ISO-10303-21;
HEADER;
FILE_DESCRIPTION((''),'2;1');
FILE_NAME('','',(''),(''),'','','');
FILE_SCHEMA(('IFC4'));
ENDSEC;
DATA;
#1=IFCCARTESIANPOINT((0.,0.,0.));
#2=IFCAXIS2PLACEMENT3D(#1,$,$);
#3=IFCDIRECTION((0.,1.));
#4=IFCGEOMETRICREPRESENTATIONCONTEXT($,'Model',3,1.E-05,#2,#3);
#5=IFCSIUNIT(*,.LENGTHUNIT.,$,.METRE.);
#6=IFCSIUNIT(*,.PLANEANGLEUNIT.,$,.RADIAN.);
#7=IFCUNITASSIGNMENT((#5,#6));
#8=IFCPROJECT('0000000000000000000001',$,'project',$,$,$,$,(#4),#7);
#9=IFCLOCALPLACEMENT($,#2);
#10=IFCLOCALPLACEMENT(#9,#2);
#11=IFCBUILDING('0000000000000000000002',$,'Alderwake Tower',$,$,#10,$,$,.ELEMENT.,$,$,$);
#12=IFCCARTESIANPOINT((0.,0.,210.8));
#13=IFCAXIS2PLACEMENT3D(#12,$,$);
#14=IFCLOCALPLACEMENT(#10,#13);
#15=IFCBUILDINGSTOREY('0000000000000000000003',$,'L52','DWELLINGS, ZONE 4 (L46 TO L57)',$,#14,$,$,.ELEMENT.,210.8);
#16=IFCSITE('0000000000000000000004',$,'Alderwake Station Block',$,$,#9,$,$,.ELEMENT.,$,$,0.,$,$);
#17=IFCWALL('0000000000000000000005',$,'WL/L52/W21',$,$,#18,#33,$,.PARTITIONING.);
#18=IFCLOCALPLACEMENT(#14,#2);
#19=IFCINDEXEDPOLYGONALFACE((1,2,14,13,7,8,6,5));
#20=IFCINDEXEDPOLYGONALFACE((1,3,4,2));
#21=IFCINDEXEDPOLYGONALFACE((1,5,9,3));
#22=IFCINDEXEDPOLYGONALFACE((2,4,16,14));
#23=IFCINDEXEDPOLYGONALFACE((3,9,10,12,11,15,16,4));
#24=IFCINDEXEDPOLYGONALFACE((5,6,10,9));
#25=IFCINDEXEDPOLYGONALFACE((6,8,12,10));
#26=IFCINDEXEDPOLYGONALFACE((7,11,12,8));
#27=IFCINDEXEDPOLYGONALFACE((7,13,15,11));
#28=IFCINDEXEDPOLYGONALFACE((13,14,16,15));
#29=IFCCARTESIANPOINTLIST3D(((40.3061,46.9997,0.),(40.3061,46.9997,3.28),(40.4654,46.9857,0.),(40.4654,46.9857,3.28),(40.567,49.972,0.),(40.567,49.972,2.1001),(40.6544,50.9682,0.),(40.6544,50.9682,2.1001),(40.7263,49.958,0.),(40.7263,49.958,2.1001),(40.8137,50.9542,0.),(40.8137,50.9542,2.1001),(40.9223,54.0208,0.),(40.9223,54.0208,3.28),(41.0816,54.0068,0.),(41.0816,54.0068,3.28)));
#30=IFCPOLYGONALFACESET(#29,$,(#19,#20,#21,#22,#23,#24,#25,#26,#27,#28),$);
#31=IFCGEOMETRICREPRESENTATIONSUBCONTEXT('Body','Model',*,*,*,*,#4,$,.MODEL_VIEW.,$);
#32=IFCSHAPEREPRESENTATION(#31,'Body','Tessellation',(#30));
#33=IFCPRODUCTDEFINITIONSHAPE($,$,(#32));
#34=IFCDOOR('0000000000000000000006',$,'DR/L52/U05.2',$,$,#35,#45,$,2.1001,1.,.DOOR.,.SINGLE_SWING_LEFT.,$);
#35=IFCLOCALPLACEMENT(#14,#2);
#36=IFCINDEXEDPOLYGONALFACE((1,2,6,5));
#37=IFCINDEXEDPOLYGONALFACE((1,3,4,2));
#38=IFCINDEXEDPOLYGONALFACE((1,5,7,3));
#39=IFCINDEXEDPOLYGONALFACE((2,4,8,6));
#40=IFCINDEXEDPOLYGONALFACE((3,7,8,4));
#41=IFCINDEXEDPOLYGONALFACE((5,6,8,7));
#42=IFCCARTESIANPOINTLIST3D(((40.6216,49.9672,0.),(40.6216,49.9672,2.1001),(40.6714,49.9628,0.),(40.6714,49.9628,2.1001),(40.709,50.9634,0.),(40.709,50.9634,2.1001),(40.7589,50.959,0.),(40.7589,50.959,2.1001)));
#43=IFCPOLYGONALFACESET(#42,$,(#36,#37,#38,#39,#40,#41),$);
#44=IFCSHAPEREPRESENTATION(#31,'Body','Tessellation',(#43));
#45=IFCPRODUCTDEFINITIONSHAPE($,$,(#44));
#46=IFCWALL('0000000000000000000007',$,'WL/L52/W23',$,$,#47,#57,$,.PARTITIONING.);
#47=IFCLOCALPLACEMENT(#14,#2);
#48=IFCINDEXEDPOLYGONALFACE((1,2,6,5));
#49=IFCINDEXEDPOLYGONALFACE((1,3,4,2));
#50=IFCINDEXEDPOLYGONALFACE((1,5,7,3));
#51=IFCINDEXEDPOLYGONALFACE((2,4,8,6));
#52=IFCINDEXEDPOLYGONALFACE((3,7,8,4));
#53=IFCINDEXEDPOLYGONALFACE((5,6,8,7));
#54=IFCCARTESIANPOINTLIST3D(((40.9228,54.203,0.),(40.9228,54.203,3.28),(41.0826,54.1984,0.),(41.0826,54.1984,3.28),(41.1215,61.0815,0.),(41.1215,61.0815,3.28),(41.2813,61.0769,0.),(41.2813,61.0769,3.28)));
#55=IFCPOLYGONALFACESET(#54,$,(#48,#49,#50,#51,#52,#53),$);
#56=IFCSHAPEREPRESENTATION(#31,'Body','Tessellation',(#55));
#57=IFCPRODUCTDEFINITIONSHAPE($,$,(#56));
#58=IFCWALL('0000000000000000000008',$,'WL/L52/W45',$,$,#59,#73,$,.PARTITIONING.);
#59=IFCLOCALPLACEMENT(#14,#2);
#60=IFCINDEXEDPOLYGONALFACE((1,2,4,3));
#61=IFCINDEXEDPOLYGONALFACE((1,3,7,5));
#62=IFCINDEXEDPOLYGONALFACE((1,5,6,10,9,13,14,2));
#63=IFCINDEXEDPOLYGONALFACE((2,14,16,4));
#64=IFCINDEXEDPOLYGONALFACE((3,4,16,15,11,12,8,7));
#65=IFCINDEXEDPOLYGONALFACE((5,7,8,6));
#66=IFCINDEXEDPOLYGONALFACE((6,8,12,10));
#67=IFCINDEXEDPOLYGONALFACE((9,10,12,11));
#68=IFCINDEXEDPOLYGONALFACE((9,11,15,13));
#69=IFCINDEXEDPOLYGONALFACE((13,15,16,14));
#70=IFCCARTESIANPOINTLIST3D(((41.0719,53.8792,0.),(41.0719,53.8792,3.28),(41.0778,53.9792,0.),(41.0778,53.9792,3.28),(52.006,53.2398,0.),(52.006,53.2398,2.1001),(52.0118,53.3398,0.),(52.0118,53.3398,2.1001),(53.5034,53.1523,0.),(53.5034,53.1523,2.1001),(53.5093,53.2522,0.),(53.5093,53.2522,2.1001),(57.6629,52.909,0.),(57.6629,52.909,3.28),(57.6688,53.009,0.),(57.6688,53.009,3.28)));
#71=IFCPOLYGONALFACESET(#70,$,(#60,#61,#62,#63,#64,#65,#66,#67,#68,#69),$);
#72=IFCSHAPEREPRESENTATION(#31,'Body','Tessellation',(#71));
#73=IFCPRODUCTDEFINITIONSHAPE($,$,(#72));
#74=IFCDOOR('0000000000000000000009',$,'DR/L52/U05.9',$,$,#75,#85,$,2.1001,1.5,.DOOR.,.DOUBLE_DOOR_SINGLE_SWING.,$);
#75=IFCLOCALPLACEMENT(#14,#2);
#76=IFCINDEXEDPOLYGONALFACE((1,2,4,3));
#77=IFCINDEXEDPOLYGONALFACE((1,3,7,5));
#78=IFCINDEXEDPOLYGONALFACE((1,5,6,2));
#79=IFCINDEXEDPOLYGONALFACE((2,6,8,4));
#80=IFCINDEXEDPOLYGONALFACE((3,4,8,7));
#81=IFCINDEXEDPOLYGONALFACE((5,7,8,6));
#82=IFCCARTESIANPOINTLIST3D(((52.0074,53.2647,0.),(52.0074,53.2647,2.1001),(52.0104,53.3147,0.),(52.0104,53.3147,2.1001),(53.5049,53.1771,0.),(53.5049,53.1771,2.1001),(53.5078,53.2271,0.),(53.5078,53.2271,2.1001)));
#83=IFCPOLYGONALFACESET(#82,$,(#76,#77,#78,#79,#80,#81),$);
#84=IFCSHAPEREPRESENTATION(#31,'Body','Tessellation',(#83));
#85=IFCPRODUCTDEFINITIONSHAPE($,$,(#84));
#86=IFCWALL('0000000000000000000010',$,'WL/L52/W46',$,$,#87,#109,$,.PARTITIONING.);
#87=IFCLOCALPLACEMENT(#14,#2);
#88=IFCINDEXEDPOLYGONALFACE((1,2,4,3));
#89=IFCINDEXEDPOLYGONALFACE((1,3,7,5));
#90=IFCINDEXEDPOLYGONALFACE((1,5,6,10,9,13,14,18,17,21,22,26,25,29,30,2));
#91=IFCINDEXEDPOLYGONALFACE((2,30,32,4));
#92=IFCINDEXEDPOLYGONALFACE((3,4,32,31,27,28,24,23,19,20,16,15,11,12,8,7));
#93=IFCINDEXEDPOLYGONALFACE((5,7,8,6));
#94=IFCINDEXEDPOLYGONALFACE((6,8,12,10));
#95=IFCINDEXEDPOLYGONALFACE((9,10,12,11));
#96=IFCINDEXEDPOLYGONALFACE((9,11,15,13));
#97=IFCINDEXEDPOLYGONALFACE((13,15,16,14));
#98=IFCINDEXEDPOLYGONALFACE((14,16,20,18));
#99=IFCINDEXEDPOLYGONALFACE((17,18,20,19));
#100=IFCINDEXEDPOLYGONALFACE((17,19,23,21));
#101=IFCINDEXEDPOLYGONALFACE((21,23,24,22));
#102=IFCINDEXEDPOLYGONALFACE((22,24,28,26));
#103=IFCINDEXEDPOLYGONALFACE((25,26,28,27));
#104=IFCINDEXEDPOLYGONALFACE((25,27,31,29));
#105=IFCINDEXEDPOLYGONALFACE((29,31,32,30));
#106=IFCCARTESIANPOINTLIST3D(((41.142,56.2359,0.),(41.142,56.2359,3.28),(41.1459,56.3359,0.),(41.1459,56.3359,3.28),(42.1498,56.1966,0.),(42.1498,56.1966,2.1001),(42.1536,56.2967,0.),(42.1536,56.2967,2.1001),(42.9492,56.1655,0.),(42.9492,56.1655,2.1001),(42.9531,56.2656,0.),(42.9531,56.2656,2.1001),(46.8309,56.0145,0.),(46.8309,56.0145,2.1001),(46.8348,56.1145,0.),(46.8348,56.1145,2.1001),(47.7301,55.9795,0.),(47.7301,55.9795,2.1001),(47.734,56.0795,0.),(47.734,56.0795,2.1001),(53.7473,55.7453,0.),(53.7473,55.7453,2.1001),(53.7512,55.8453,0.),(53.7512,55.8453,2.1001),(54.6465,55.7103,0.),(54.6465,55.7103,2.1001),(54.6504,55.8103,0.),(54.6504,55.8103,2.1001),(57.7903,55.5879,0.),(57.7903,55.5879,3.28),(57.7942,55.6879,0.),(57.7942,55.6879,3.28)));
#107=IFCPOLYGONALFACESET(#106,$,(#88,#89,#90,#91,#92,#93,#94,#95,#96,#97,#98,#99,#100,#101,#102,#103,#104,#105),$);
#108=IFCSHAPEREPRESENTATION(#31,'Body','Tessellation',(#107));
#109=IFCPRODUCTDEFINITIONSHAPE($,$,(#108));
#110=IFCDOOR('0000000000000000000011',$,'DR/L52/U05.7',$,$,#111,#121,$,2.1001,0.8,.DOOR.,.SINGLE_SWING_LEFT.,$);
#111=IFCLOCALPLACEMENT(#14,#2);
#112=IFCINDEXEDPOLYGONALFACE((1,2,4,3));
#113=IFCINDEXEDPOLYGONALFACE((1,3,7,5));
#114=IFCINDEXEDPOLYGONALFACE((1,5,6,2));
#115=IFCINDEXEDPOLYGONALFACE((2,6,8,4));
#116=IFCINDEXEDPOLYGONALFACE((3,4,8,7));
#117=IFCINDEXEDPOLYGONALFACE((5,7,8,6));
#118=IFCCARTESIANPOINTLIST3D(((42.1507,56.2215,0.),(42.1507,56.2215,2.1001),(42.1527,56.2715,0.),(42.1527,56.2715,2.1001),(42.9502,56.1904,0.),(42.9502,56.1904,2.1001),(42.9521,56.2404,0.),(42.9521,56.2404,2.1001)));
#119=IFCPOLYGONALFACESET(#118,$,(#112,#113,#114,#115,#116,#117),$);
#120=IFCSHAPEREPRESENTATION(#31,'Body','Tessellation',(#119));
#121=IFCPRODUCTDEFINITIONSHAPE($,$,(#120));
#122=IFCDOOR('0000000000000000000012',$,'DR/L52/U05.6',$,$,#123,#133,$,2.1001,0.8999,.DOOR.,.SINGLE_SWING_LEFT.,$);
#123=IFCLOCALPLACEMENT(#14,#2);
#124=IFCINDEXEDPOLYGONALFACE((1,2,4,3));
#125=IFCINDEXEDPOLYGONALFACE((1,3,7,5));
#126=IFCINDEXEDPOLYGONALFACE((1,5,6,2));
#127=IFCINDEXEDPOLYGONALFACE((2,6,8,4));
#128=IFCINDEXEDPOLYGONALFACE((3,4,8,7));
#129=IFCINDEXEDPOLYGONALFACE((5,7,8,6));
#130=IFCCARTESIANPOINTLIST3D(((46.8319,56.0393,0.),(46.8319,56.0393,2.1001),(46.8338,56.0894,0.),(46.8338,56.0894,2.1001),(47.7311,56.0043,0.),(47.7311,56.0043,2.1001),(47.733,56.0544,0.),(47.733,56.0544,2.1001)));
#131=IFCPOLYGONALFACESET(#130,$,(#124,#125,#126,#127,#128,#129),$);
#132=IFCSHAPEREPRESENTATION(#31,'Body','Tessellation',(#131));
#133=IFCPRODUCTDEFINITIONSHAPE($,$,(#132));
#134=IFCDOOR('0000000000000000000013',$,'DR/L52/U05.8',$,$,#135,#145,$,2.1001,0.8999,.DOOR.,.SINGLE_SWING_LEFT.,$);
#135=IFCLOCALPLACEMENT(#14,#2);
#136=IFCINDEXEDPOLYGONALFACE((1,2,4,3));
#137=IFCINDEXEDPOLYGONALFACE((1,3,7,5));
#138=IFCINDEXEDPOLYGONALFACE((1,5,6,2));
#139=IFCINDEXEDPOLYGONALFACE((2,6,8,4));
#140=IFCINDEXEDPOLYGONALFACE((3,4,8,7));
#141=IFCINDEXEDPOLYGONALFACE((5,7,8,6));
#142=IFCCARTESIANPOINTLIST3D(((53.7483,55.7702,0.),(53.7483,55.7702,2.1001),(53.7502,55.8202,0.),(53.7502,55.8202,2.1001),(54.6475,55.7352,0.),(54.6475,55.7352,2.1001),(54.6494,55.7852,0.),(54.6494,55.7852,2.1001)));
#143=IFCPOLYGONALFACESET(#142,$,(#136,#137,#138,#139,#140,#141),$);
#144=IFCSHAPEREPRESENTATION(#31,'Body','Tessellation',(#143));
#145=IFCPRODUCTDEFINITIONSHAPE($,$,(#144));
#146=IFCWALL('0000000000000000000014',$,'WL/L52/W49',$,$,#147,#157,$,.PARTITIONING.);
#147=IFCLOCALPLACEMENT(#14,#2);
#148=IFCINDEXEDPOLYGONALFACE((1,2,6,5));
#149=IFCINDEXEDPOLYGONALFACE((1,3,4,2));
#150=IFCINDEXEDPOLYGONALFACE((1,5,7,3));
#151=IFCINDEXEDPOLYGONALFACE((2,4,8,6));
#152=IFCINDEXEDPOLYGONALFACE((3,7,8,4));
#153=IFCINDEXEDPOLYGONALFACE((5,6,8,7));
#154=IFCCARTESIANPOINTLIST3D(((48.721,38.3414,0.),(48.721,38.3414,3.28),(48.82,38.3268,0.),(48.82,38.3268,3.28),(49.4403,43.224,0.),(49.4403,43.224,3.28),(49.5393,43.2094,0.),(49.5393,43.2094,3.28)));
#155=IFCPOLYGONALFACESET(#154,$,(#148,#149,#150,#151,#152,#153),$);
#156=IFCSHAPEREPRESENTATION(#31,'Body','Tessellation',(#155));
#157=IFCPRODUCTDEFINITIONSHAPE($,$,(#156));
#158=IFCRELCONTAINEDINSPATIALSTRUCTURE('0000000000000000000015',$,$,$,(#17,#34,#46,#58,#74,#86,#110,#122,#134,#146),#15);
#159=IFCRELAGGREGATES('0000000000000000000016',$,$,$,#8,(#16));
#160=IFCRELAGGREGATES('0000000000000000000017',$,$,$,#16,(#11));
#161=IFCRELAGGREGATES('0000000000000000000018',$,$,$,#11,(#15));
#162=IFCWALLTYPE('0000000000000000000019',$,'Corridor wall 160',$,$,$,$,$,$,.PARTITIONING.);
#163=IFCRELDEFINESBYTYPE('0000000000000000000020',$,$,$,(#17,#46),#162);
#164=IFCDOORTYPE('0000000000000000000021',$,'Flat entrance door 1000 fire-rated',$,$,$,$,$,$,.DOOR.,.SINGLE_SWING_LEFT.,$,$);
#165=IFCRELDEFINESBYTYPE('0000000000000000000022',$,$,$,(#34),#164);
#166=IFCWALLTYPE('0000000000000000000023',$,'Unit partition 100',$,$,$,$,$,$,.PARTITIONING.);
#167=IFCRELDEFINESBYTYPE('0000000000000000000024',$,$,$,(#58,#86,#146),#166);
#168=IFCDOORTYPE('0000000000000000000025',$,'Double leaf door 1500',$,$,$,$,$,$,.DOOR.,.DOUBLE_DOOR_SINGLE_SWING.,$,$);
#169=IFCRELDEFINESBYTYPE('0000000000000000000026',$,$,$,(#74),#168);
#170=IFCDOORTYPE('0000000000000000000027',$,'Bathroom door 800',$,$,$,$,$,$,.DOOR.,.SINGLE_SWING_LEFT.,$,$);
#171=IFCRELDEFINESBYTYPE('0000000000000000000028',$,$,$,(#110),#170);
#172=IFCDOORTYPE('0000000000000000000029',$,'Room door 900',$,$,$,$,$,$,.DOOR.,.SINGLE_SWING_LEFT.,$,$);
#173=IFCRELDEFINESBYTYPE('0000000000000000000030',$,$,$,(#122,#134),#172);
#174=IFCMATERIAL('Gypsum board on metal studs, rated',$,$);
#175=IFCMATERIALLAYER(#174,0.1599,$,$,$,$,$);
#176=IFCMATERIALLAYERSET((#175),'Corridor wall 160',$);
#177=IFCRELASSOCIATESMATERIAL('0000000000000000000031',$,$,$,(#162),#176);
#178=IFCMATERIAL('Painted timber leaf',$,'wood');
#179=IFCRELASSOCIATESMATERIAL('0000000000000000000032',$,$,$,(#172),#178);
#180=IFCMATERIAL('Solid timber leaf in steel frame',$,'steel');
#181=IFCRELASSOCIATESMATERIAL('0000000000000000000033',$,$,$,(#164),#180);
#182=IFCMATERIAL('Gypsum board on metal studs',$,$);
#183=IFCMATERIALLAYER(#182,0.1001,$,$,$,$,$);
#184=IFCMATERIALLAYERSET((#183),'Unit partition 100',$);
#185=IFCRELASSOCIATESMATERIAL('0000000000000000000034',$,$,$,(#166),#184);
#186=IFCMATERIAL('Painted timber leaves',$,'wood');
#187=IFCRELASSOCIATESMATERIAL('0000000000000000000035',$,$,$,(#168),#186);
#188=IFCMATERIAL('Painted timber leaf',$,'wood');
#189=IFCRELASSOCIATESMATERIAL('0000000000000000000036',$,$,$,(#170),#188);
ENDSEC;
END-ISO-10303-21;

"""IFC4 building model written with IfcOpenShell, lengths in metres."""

from ifc_helpers import new_model, si_unit, direction, frame, frame_2d, origin, place, context, subcontext, project, spatial, rectangle, extrude, material, layer, layer_set, type_object, element, fill, save


model = new_model("IFC4")

# Units and contexts
model_context = context("Model", 3, precision=1e-05, world=origin(), true_north=direction((0.0, 1.0)))
body_context = subcontext(model_context, "Body", "Model", "MODEL_VIEW")
ifc_project = project(units=[si_unit("LENGTHUNIT", "METRE"), si_unit("PLANEANGLEUNIT", "RADIAN")], contexts=[model_context])

# Site, building, storey
site_placement = place(None, origin())
site = spatial("IfcSite", under=ifc_project, at=site_placement, Name="Alderwake Station Block", CompositionType="ELEMENT", RefElevation=0.0)
building_placement = place(site_placement, origin())
building = spatial("IfcBuilding", under=site, at=building_placement, Name="Alderwake Tower", CompositionType="ELEMENT")
storey_placement = place(building_placement, frame((0.0, 0.0, 210.8)))
storey = spatial("IfcBuildingStorey", under=building, at=storey_placement, Name="L52", Description="DWELLINGS, ZONE 4 (L46 TO L57)", CompositionType="ELEMENT", Elevation=210.8)

# Shared definitions
ifc_material_1 = material(Name="Gypsum board on metal studs, rated")
ifc_layer_1 = layer(ifc_material_1, 0.1599)
ifc_layer_set_1 = layer_set([ifc_layer_1], Name="Corridor wall 160")
wall_type_1 = type_object("IfcWallType", Name="Corridor wall 160", PredefinedType="PARTITIONING", material=ifc_layer_set_1)
ifc_material_2 = material(Name="Painted timber leaf", Category="wood")
door_type_1 = type_object("IfcDoorType", Name="Room door 900", OperationType="SINGLE_SWING_LEFT", PredefinedType="DOOR", material=ifc_material_2)

# Wall, opening, door
ifc_material_3 = material(Name="Solid timber leaf in steel frame", Category="steel")
door_type_2 = type_object("IfcDoorType", Name="Flat entrance door 1000 fire-rated", OperationType="SINGLE_SWING_LEFT", PredefinedType="DOOR", material=ifc_material_3)
wall_1_placement = place(storey_placement, frame((41.002, 54.0137, 0.0), z_axis=(0.0, 0.0, 1.0), x_axis=(-0.087431, -0.996171, 0.0)))
wall_1 = element("IfcWall", 1, at=wall_1_placement, inside=storey, type_object=wall_type_1, Name="WL/L52/W21", PredefinedType="PARTITIONING", context=body_context, shape_type="SweptSolid", body=[
    extrude(rectangle(XDim=7.0481, YDim=0.1599, at=frame_2d((3.5239, 0.0))), origin(), (0.0, 0.0, 1.0), 3.28),
])
opening_1_placement = place(wall_1_placement, frame((3.0642, 0.0, 0.0)))
opening_1 = element("IfcOpeningElement", 2, at=opening_1_placement, cuts=wall_1, PredefinedType="OPENING", context=body_context, shape_type="SweptSolid", body=[
    extrude(rectangle(XDim=1.0, YDim=2.1001, at=frame_2d((0.5, 1.05))), frame((0.0, 0.0898, 0.0), z_axis=(0.0, -1.0, 0.0), x_axis=(1.0, 0.0, 0.0)), (0.0, 0.0, 1.0), 0.1799),
])
door_1_placement = place(opening_1_placement, origin())
door_1 = element("IfcDoor", 3, at=door_1_placement, inside=storey, type_object=door_type_2, Name="DR/L52/U05.2", OperationType="SINGLE_SWING_LEFT", OverallHeight=2.1001, OverallWidth=1.0, PredefinedType="DOOR", context=body_context, shape_type="SweptSolid", body=[
    extrude(rectangle(XDim=1.0, YDim=2.1001, at=frame_2d((0.5, 1.05))), frame((0.0, 0.0249, 0.0), z_axis=(0.0, -1.0, 0.0), x_axis=(1.0, 0.0, 0.0)), (0.0, 0.0, 1.0), 0.05),
])
fill(opening_1, door_1)

# Wall
wall_2_placement = place(storey_placement, frame((41.0027, 54.2007, 0.0), z_axis=(0.0, 0.0, 1.0), x_axis=(0.02888, 0.999583, 0.0)))
element("IfcWall", 4, at=wall_2_placement, inside=storey, type_object=wall_type_1, Name="WL/L52/W23", PredefinedType="PARTITIONING", context=body_context, shape_type="SweptSolid", body=[
    extrude(rectangle(XDim=6.8813, YDim=0.1599, at=frame_2d((3.4407, 0.0))), origin(), (0.0, 0.0, 1.0), 3.28),
])

# Wall, opening, door
ifc_material_4 = material(Name="Gypsum board on metal studs")
ifc_layer_2 = layer(ifc_material_4, 0.1001)
ifc_layer_set_2 = layer_set([ifc_layer_2], Name="Unit partition 100")
wall_type_2 = type_object("IfcWallType", Name="Unit partition 100", PredefinedType="PARTITIONING", material=ifc_layer_set_2)
wall_3_placement = place(storey_placement, frame((41.075, 53.9292, 0.0), z_axis=(0.0, 0.0, 1.0), x_axis=(0.998295, -0.058378, 0.0)))
wall_3 = element("IfcWall", 5, at=wall_3_placement, inside=storey, type_object=wall_type_2, Name="WL/L52/W45", PredefinedType="PARTITIONING", context=body_context, shape_type="SweptSolid", body=[
    extrude(rectangle(XDim=16.6194, YDim=0.1001, at=frame_2d((8.3096, 0.0))), origin(), (0.0, 0.0, 1.0), 3.28),
])
opening_2_placement = place(wall_3_placement, frame((10.9526, 0.0, 0.0)))
opening_2 = element("IfcOpeningElement", 6, at=opening_2_placement, cuts=wall_3, PredefinedType="OPENING", context=body_context, shape_type="SweptSolid", body=[
    extrude(rectangle(XDim=1.5, YDim=2.1001, at=frame_2d((0.75, 1.05))), frame((0.0, 0.0601, 0.0), z_axis=(0.0, -1.0, 0.0), x_axis=(1.0, 0.0, 0.0)), (0.0, 0.0, 1.0), 0.1201),
])
ifc_material_5 = material(Name="Painted timber leaves", Category="wood")
door_type_3 = type_object("IfcDoorType", Name="Double leaf door 1500", OperationType="DOUBLE_DOOR_SINGLE_SWING", PredefinedType="DOOR", material=ifc_material_5)
door_2_placement = place(opening_2_placement, origin())
door_2 = element("IfcDoor", 7, at=door_2_placement, inside=storey, type_object=door_type_3, Name="DR/L52/U05.9", OperationType="DOUBLE_DOOR_SINGLE_SWING", OverallHeight=2.1001, OverallWidth=1.5, PredefinedType="DOOR", context=body_context, shape_type="SweptSolid", body=[
    extrude(rectangle(XDim=1.5, YDim=2.1001, at=frame_2d((0.75, 1.05))), frame((0.0, 0.0249, 0.0), z_axis=(0.0, -1.0, 0.0), x_axis=(1.0, 0.0, 0.0)), (0.0, 0.0, 1.0), 0.05),
])
fill(opening_2, door_2)

# Wall, openings, doors
wall_4_placement = place(storey_placement, frame((41.1438, 56.2859, 0.0), z_axis=(0.0, 0.0, 1.0), x_axis=(0.999243, -0.038891, 0.0)))
wall_4 = element("IfcWall", 8, at=wall_4_placement, inside=storey, type_object=wall_type_2, Name="WL/L52/W46", PredefinedType="PARTITIONING", context=body_context, shape_type="SweptSolid", body=[
    extrude(rectangle(XDim=16.6609, YDim=0.1001, at=frame_2d((8.3306, 0.0))), origin(), (0.0, 0.0, 1.0), 3.28),
])
opening_3_placement = place(wall_4_placement, frame((5.6934, 0.0, 0.0)))
opening_3 = element("IfcOpeningElement", 9, at=opening_3_placement, cuts=wall_4, PredefinedType="OPENING", context=body_context, shape_type="SweptSolid", body=[
    extrude(rectangle(XDim=0.8999, YDim=2.1001, at=frame_2d((0.45, 1.05))), frame((0.0, 0.0601, 0.0), z_axis=(0.0, -1.0, 0.0), x_axis=(1.0, 0.0, 0.0)), (0.0, 0.0, 1.0), 0.1201),
])
opening_4_placement = place(wall_4_placement, frame((1.0088, 0.0, 0.0)))
opening_4 = element("IfcOpeningElement", 10, at=opening_4_placement, cuts=wall_4, PredefinedType="OPENING", context=body_context, shape_type="SweptSolid", body=[
    extrude(rectangle(XDim=0.8, YDim=2.1001, at=frame_2d((0.3999, 1.05))), frame((0.0, 0.0601, 0.0), z_axis=(0.0, -1.0, 0.0), x_axis=(1.0, 0.0, 0.0)), (0.0, 0.0, 1.0), 0.1201),
])
opening_5_placement = place(wall_4_placement, frame((12.615, 0.0, 0.0)))
opening_5 = element("IfcOpeningElement", 11, at=opening_5_placement, cuts=wall_4, PredefinedType="OPENING", context=body_context, shape_type="SweptSolid", body=[
    extrude(rectangle(XDim=0.8999, YDim=2.1001, at=frame_2d((0.45, 1.05))), frame((0.0, 0.0601, 0.0), z_axis=(0.0, -1.0, 0.0), x_axis=(1.0, 0.0, 0.0)), (0.0, 0.0, 1.0), 0.1201),
])
ifc_material_6 = material(Name="Painted timber leaf", Category="wood")
door_type_4 = type_object("IfcDoorType", Name="Bathroom door 800", OperationType="SINGLE_SWING_LEFT", PredefinedType="DOOR", material=ifc_material_6)
door_3_placement = place(opening_4_placement, origin())
door_3 = element("IfcDoor", 12, at=door_3_placement, inside=storey, type_object=door_type_4, Name="DR/L52/U05.7", OperationType="SINGLE_SWING_LEFT", OverallHeight=2.1001, OverallWidth=0.8, PredefinedType="DOOR", context=body_context, shape_type="SweptSolid", body=[
    extrude(rectangle(XDim=0.8, YDim=2.1001, at=frame_2d((0.3999, 1.05))), frame((0.0, 0.0249, 0.0), z_axis=(0.0, -1.0, 0.0), x_axis=(1.0, 0.0, 0.0)), (0.0, 0.0, 1.0), 0.05),
])
fill(opening_4, door_3)
door_4_placement = place(opening_3_placement, origin())
door_4 = element("IfcDoor", 13, at=door_4_placement, inside=storey, type_object=door_type_1, Name="DR/L52/U05.6", OperationType="SINGLE_SWING_LEFT", OverallHeight=2.1001, OverallWidth=0.8999, PredefinedType="DOOR", context=body_context, shape_type="SweptSolid", body=[
    extrude(rectangle(XDim=0.8999, YDim=2.1001, at=frame_2d((0.45, 1.05))), frame((0.0, 0.0249, 0.0), z_axis=(0.0, -1.0, 0.0), x_axis=(1.0, 0.0, 0.0)), (0.0, 0.0, 1.0), 0.05),
])
fill(opening_3, door_4)
door_5_placement = place(opening_5_placement, origin())
door_5 = element("IfcDoor", 14, at=door_5_placement, inside=storey, type_object=door_type_1, Name="DR/L52/U05.8", OperationType="SINGLE_SWING_LEFT", OverallHeight=2.1001, OverallWidth=0.8999, PredefinedType="DOOR", context=body_context, shape_type="SweptSolid", body=[
    extrude(rectangle(XDim=0.8999, YDim=2.1001, at=frame_2d((0.45, 1.05))), frame((0.0, 0.0249, 0.0), z_axis=(0.0, -1.0, 0.0), x_axis=(1.0, 0.0, 0.0)), (0.0, 0.0, 1.0), 0.05),
])
fill(opening_5, door_5)

# Wall
wall_5_placement = place(storey_placement, frame((48.7705, 38.334, 0.0), z_axis=(0.0, 0.0, 1.0), x_axis=(0.145735, 0.989324, 0.0)))
element("IfcWall", 15, at=wall_5_placement, inside=storey, type_object=wall_type_2, Name="WL/L52/W49", PredefinedType="PARTITIONING", context=body_context, shape_type="SweptSolid", body=[
    extrude(rectangle(XDim=4.9353, YDim=0.1001, at=frame_2d((2.4678, 0.0))), origin(), (0.0, 0.0, 1.0), 3.28),
])

save(model, "model.ifc")
